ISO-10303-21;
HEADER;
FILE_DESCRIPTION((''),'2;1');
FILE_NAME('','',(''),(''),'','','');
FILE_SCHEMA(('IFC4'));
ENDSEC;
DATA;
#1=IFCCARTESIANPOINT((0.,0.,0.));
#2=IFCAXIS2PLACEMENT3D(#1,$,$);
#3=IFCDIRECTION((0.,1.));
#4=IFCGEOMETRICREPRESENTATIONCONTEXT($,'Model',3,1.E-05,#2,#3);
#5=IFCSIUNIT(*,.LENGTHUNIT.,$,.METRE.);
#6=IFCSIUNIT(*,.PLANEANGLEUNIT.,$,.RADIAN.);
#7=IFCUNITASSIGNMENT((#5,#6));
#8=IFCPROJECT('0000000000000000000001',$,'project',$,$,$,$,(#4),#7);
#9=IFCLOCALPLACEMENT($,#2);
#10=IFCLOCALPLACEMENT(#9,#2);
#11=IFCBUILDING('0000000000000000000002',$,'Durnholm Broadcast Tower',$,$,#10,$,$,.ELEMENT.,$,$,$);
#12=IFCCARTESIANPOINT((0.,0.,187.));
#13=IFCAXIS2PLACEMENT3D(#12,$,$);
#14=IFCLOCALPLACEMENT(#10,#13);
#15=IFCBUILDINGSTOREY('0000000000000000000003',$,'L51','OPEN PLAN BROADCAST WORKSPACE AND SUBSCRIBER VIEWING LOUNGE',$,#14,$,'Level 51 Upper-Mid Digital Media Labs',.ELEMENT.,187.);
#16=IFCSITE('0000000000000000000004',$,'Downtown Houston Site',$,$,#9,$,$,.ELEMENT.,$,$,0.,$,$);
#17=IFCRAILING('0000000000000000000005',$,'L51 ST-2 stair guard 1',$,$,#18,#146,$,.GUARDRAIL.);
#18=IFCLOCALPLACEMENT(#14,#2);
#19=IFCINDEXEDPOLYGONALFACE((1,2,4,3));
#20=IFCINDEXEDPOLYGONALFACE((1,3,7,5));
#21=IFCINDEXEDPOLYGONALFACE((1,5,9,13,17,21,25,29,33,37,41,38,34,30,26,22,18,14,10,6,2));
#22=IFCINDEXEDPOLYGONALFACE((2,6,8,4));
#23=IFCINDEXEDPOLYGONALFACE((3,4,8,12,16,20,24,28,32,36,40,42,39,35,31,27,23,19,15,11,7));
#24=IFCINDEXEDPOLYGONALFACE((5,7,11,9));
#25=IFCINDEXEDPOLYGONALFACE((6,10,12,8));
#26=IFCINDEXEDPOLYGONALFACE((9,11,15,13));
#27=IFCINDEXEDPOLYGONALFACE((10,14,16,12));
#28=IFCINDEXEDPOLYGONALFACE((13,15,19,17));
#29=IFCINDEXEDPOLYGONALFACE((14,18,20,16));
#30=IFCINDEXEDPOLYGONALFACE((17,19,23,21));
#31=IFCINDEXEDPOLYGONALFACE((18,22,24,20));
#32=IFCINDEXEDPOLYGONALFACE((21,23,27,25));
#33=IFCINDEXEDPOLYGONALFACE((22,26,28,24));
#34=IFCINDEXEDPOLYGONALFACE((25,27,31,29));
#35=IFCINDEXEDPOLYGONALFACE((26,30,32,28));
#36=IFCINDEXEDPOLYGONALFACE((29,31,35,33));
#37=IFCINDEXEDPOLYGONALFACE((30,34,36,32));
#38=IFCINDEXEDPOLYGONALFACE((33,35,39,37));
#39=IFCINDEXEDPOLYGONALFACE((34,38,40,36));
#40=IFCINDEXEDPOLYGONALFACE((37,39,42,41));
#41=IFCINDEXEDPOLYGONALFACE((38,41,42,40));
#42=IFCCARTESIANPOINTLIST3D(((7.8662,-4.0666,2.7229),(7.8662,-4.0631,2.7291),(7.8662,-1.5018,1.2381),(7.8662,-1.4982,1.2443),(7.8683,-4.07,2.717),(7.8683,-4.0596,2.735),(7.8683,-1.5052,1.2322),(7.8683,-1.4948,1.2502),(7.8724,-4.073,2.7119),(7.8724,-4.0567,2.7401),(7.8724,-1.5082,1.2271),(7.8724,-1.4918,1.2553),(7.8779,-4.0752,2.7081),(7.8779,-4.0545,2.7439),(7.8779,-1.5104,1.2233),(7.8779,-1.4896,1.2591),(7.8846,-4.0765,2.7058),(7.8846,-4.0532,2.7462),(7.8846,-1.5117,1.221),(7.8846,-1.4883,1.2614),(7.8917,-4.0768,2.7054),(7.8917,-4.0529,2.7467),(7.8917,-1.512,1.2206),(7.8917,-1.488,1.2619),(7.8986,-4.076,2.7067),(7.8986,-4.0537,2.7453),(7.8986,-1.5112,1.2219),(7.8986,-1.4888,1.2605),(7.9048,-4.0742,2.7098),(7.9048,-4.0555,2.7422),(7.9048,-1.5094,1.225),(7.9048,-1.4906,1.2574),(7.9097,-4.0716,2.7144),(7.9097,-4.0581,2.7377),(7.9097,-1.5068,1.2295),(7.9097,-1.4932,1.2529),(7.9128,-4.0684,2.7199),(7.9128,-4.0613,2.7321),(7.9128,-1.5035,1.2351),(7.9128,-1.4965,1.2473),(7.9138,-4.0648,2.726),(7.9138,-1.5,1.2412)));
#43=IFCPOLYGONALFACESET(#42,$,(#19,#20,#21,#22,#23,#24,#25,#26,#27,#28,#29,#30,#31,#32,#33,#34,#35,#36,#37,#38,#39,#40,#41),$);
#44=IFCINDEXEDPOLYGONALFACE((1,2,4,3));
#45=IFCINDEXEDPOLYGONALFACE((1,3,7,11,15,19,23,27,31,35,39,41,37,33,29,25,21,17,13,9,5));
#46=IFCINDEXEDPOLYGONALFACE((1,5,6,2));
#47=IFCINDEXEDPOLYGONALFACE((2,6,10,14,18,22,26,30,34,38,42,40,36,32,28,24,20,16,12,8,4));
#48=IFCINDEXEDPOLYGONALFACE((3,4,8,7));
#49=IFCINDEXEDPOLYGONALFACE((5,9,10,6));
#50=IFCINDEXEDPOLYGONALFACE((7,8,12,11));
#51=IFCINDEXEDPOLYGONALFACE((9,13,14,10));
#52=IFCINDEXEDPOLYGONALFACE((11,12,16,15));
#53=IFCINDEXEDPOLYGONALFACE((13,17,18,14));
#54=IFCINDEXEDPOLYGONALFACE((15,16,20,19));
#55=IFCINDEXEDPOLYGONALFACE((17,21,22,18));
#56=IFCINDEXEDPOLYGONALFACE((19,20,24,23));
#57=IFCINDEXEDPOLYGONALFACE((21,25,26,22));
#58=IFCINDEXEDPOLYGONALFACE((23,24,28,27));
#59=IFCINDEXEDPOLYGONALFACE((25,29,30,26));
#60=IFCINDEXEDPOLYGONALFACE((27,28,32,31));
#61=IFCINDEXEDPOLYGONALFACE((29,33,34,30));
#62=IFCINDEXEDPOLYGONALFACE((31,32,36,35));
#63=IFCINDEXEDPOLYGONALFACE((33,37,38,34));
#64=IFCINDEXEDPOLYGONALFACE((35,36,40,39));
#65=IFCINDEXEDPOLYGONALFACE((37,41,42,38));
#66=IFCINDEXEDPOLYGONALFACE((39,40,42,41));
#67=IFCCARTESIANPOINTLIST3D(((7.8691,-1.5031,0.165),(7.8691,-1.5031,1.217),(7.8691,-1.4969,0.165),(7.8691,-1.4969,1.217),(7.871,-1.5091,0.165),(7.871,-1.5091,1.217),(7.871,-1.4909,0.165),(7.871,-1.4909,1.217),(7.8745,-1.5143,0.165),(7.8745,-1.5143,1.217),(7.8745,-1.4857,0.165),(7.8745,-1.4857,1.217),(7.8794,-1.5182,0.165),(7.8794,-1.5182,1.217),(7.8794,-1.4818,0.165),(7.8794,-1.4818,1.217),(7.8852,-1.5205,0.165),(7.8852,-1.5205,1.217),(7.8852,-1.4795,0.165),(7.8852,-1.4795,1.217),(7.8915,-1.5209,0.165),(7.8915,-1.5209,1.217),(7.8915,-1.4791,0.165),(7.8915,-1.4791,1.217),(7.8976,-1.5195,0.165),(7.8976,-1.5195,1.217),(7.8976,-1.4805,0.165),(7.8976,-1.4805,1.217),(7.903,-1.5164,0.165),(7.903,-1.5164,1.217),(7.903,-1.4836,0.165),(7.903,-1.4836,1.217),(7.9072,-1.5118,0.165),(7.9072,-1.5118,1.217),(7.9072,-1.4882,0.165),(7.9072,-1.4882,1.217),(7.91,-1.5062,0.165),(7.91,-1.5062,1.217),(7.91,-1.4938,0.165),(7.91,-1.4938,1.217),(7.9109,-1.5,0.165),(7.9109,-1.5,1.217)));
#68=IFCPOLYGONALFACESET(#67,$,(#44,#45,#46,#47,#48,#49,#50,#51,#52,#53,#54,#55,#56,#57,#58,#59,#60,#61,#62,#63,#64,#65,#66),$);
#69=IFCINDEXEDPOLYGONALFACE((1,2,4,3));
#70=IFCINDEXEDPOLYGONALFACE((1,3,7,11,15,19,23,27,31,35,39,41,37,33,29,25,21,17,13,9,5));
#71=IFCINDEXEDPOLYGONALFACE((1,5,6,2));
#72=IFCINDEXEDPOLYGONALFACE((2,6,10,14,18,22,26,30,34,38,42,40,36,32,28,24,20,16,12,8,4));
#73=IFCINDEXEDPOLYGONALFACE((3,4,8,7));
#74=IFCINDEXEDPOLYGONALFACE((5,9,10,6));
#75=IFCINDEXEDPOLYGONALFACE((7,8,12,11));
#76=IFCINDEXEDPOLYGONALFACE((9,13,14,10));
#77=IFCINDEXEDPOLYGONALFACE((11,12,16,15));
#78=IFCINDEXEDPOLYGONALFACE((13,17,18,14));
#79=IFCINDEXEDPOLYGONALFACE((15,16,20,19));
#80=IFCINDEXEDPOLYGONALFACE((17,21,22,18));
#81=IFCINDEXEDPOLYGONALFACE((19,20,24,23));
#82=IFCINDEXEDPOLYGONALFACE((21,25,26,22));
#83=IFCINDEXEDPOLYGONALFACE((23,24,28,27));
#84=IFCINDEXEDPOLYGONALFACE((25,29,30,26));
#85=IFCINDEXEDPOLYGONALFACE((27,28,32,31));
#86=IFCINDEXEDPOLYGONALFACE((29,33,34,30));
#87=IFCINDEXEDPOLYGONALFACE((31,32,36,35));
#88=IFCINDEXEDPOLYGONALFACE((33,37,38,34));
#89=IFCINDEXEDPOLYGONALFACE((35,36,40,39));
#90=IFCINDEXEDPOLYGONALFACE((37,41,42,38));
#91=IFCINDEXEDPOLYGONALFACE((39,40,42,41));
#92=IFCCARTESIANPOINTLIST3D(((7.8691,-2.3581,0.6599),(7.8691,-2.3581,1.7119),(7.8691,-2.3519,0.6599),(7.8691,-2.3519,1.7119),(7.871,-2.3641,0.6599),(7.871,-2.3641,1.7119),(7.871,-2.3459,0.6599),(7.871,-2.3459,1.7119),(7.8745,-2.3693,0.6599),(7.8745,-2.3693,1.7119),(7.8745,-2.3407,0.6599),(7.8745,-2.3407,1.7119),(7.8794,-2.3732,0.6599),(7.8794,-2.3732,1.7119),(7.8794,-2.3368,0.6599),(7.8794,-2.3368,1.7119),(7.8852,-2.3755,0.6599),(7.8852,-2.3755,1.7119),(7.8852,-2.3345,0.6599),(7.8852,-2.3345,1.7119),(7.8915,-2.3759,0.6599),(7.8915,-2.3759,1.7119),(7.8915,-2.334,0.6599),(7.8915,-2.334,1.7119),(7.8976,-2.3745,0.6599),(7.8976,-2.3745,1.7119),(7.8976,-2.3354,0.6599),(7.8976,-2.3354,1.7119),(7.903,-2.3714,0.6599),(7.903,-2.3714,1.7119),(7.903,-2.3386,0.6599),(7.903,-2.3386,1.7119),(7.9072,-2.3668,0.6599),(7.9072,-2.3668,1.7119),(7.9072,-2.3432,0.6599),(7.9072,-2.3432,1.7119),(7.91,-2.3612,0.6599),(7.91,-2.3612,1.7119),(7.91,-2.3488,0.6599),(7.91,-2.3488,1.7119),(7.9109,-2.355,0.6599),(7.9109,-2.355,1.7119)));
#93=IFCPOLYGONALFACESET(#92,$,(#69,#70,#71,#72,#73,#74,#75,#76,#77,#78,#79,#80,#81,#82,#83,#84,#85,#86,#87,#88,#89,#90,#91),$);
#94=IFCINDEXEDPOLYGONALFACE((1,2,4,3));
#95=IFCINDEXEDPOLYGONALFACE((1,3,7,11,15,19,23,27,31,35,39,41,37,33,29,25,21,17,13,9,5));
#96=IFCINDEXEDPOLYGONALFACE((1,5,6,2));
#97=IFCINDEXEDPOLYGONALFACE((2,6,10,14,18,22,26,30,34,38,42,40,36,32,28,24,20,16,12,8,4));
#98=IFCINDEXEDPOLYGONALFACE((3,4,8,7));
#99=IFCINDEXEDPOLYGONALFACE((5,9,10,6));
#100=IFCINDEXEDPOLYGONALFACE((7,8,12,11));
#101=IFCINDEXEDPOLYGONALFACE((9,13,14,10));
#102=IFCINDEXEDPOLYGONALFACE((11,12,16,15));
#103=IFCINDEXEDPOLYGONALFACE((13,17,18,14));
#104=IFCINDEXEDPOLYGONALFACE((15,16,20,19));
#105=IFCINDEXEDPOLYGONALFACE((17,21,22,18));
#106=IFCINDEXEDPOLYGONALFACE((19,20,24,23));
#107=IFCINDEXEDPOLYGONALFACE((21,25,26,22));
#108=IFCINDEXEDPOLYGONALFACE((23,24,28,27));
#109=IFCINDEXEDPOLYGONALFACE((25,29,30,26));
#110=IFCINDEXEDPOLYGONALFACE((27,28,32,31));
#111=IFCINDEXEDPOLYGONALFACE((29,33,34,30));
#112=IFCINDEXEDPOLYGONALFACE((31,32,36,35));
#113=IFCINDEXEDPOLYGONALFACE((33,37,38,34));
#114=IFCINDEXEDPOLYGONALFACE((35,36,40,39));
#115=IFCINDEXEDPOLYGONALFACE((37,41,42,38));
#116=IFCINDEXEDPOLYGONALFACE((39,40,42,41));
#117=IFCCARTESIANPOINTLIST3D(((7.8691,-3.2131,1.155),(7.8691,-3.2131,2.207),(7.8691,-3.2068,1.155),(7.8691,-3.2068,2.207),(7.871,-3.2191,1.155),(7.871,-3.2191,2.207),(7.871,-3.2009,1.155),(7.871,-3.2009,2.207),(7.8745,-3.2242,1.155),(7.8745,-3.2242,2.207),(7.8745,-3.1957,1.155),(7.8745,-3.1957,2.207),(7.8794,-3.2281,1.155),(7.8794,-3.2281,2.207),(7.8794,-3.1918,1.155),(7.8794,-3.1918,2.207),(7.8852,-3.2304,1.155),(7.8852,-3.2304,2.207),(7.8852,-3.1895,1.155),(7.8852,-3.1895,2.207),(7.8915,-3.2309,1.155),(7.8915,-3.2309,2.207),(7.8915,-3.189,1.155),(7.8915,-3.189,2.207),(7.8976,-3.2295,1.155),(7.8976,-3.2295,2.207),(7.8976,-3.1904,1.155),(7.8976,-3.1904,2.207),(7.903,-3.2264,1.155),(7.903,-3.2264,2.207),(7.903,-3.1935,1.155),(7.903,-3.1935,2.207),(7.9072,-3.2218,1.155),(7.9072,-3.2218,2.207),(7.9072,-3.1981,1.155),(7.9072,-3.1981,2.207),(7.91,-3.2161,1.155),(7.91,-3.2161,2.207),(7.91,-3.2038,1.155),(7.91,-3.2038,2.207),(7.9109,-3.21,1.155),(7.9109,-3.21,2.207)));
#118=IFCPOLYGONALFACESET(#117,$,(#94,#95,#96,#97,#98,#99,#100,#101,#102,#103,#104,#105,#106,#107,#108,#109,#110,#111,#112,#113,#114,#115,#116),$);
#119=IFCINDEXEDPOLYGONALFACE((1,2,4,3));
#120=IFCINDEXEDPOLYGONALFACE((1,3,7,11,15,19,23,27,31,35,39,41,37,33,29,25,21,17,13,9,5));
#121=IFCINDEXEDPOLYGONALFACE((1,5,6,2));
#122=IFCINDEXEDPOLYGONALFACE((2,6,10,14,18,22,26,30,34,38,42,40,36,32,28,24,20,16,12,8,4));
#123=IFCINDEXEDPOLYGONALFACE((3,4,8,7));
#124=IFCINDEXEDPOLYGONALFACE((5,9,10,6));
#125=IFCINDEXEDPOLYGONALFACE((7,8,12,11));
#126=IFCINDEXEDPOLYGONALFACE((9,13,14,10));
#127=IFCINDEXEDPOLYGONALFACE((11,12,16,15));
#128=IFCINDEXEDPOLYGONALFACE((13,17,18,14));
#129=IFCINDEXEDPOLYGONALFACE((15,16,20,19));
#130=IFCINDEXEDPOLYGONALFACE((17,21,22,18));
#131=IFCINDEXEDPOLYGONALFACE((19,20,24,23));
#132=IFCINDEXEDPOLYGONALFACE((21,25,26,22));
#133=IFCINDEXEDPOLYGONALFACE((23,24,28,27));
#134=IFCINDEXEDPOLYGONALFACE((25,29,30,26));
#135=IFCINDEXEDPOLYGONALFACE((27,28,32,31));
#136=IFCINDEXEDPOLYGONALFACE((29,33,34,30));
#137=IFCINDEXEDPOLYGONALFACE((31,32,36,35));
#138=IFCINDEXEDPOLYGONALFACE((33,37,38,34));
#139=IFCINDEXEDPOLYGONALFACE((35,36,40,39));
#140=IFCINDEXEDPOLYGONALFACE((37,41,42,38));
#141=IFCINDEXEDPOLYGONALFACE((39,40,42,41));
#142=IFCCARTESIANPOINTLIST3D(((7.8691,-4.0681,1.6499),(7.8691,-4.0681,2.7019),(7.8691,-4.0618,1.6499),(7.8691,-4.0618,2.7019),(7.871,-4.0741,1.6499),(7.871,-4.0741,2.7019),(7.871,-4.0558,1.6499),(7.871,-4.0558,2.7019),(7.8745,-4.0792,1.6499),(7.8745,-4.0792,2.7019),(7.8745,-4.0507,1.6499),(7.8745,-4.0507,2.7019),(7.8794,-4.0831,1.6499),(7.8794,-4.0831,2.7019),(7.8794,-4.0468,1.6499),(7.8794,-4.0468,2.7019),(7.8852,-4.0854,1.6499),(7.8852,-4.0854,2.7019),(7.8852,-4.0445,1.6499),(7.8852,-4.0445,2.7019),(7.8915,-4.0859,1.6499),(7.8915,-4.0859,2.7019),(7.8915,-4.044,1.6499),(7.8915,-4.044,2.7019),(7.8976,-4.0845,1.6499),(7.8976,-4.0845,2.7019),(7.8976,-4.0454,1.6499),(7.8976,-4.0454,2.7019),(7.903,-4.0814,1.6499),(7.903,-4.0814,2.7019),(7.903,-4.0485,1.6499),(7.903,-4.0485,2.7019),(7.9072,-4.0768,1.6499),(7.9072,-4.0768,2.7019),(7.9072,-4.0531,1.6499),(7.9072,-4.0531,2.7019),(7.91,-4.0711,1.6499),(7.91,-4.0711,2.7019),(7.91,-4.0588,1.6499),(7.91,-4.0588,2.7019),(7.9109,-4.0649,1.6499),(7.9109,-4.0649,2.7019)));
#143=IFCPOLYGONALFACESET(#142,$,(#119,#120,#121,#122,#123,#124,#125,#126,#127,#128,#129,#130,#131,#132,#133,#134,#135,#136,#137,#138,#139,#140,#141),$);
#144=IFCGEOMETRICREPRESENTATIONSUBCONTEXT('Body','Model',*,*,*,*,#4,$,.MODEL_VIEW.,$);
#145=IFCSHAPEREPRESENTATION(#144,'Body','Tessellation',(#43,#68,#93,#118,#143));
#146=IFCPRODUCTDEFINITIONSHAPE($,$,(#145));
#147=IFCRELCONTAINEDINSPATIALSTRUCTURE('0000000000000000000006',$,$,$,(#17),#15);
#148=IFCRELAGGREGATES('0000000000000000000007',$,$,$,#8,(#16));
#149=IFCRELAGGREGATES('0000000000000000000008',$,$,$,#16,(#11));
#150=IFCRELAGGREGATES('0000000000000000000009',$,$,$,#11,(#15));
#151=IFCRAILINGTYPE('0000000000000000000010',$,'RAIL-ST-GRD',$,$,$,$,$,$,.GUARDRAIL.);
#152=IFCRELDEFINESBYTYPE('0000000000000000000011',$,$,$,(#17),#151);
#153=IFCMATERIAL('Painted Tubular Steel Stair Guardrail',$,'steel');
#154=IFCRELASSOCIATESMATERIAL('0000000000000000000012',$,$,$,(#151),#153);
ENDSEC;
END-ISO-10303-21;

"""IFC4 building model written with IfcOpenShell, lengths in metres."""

from ifc_helpers import new_model, si_unit, direction, frame, origin, origin_2d, place, context, subcontext, project, spatial, circle, extrude, material, type_object, element, save


model = new_model("IFC4")

# Units and contexts
model_context = context("Model", 3, precision=1e-05, world=origin(), true_north=direction((0.0, 1.0)))
body_context = subcontext(model_context, "Body", "Model", "MODEL_VIEW")
ifc_project = project(units=[si_unit("LENGTHUNIT", "METRE"), si_unit("PLANEANGLEUNIT", "RADIAN")], contexts=[model_context])

# Site, building, storey
site_placement = place(None, origin())
site = spatial("IfcSite", under=ifc_project, at=site_placement, Name="Downtown Houston Site", CompositionType="ELEMENT", RefElevation=0.0)
building_placement = place(site_placement, origin())
building = spatial("IfcBuilding", under=site, at=building_placement, Name="Durnholm Broadcast Tower", CompositionType="ELEMENT")
storey_placement = place(building_placement, frame((0.0, 0.0, 187.0)))
storey = spatial("IfcBuildingStorey", under=building, at=storey_placement, Name="L51", Description="OPEN PLAN BROADCAST WORKSPACE AND SUBSCRIBER VIEWING LOUNGE", LongName="Level 51 Upper-Mid Digital Media Labs", CompositionType="ELEMENT", Elevation=187.0)

# Railing
ifc_material_1 = material(Name="Painted Tubular Steel Stair Guardrail", Category="steel")
railing_type = type_object("IfcRailingType", Name="RAIL-ST-GRD", PredefinedType="GUARDRAIL", material=ifc_material_1)
railing_1_placement = place(storey_placement, frame((7.8899, -1.5, 0.165)))
element("IfcRailing", 1, at=railing_1_placement, inside=storey, type_object=railing_type, Name="L51 ST-2 stair guard 1", PredefinedType="GUARDRAIL", context=body_context, shape_type="SweptSolid", body=[
    extrude(circle(Radius=0.0239, at=origin_2d()), frame((0.0, 0.0, 1.0762), z_axis=(0.0, -0.865441, 0.50101), x_axis=(1.0, 0.0, 0.0)), (0.0, 0.0, 1.0), 2.9636),
    extrude(circle(Radius=0.021, at=origin_2d()), origin(), (0.0, 0.0, 1.0), 1.052),
    extrude(circle(Radius=0.021, at=origin_2d()), frame((0.0, -0.855, 0.4949)), (0.0, 0.0, 1.0), 1.052),
    extrude(circle(Radius=0.021, at=origin_2d()), frame((0.0, -1.71, 0.99)), (0.0, 0.0, 1.0), 1.052),
    extrude(circle(Radius=0.021, at=origin_2d()), frame((0.0, -2.5649, 1.4849)), (0.0, 0.0, 1.0), 1.052),
])

save(model, "model.ifc")
